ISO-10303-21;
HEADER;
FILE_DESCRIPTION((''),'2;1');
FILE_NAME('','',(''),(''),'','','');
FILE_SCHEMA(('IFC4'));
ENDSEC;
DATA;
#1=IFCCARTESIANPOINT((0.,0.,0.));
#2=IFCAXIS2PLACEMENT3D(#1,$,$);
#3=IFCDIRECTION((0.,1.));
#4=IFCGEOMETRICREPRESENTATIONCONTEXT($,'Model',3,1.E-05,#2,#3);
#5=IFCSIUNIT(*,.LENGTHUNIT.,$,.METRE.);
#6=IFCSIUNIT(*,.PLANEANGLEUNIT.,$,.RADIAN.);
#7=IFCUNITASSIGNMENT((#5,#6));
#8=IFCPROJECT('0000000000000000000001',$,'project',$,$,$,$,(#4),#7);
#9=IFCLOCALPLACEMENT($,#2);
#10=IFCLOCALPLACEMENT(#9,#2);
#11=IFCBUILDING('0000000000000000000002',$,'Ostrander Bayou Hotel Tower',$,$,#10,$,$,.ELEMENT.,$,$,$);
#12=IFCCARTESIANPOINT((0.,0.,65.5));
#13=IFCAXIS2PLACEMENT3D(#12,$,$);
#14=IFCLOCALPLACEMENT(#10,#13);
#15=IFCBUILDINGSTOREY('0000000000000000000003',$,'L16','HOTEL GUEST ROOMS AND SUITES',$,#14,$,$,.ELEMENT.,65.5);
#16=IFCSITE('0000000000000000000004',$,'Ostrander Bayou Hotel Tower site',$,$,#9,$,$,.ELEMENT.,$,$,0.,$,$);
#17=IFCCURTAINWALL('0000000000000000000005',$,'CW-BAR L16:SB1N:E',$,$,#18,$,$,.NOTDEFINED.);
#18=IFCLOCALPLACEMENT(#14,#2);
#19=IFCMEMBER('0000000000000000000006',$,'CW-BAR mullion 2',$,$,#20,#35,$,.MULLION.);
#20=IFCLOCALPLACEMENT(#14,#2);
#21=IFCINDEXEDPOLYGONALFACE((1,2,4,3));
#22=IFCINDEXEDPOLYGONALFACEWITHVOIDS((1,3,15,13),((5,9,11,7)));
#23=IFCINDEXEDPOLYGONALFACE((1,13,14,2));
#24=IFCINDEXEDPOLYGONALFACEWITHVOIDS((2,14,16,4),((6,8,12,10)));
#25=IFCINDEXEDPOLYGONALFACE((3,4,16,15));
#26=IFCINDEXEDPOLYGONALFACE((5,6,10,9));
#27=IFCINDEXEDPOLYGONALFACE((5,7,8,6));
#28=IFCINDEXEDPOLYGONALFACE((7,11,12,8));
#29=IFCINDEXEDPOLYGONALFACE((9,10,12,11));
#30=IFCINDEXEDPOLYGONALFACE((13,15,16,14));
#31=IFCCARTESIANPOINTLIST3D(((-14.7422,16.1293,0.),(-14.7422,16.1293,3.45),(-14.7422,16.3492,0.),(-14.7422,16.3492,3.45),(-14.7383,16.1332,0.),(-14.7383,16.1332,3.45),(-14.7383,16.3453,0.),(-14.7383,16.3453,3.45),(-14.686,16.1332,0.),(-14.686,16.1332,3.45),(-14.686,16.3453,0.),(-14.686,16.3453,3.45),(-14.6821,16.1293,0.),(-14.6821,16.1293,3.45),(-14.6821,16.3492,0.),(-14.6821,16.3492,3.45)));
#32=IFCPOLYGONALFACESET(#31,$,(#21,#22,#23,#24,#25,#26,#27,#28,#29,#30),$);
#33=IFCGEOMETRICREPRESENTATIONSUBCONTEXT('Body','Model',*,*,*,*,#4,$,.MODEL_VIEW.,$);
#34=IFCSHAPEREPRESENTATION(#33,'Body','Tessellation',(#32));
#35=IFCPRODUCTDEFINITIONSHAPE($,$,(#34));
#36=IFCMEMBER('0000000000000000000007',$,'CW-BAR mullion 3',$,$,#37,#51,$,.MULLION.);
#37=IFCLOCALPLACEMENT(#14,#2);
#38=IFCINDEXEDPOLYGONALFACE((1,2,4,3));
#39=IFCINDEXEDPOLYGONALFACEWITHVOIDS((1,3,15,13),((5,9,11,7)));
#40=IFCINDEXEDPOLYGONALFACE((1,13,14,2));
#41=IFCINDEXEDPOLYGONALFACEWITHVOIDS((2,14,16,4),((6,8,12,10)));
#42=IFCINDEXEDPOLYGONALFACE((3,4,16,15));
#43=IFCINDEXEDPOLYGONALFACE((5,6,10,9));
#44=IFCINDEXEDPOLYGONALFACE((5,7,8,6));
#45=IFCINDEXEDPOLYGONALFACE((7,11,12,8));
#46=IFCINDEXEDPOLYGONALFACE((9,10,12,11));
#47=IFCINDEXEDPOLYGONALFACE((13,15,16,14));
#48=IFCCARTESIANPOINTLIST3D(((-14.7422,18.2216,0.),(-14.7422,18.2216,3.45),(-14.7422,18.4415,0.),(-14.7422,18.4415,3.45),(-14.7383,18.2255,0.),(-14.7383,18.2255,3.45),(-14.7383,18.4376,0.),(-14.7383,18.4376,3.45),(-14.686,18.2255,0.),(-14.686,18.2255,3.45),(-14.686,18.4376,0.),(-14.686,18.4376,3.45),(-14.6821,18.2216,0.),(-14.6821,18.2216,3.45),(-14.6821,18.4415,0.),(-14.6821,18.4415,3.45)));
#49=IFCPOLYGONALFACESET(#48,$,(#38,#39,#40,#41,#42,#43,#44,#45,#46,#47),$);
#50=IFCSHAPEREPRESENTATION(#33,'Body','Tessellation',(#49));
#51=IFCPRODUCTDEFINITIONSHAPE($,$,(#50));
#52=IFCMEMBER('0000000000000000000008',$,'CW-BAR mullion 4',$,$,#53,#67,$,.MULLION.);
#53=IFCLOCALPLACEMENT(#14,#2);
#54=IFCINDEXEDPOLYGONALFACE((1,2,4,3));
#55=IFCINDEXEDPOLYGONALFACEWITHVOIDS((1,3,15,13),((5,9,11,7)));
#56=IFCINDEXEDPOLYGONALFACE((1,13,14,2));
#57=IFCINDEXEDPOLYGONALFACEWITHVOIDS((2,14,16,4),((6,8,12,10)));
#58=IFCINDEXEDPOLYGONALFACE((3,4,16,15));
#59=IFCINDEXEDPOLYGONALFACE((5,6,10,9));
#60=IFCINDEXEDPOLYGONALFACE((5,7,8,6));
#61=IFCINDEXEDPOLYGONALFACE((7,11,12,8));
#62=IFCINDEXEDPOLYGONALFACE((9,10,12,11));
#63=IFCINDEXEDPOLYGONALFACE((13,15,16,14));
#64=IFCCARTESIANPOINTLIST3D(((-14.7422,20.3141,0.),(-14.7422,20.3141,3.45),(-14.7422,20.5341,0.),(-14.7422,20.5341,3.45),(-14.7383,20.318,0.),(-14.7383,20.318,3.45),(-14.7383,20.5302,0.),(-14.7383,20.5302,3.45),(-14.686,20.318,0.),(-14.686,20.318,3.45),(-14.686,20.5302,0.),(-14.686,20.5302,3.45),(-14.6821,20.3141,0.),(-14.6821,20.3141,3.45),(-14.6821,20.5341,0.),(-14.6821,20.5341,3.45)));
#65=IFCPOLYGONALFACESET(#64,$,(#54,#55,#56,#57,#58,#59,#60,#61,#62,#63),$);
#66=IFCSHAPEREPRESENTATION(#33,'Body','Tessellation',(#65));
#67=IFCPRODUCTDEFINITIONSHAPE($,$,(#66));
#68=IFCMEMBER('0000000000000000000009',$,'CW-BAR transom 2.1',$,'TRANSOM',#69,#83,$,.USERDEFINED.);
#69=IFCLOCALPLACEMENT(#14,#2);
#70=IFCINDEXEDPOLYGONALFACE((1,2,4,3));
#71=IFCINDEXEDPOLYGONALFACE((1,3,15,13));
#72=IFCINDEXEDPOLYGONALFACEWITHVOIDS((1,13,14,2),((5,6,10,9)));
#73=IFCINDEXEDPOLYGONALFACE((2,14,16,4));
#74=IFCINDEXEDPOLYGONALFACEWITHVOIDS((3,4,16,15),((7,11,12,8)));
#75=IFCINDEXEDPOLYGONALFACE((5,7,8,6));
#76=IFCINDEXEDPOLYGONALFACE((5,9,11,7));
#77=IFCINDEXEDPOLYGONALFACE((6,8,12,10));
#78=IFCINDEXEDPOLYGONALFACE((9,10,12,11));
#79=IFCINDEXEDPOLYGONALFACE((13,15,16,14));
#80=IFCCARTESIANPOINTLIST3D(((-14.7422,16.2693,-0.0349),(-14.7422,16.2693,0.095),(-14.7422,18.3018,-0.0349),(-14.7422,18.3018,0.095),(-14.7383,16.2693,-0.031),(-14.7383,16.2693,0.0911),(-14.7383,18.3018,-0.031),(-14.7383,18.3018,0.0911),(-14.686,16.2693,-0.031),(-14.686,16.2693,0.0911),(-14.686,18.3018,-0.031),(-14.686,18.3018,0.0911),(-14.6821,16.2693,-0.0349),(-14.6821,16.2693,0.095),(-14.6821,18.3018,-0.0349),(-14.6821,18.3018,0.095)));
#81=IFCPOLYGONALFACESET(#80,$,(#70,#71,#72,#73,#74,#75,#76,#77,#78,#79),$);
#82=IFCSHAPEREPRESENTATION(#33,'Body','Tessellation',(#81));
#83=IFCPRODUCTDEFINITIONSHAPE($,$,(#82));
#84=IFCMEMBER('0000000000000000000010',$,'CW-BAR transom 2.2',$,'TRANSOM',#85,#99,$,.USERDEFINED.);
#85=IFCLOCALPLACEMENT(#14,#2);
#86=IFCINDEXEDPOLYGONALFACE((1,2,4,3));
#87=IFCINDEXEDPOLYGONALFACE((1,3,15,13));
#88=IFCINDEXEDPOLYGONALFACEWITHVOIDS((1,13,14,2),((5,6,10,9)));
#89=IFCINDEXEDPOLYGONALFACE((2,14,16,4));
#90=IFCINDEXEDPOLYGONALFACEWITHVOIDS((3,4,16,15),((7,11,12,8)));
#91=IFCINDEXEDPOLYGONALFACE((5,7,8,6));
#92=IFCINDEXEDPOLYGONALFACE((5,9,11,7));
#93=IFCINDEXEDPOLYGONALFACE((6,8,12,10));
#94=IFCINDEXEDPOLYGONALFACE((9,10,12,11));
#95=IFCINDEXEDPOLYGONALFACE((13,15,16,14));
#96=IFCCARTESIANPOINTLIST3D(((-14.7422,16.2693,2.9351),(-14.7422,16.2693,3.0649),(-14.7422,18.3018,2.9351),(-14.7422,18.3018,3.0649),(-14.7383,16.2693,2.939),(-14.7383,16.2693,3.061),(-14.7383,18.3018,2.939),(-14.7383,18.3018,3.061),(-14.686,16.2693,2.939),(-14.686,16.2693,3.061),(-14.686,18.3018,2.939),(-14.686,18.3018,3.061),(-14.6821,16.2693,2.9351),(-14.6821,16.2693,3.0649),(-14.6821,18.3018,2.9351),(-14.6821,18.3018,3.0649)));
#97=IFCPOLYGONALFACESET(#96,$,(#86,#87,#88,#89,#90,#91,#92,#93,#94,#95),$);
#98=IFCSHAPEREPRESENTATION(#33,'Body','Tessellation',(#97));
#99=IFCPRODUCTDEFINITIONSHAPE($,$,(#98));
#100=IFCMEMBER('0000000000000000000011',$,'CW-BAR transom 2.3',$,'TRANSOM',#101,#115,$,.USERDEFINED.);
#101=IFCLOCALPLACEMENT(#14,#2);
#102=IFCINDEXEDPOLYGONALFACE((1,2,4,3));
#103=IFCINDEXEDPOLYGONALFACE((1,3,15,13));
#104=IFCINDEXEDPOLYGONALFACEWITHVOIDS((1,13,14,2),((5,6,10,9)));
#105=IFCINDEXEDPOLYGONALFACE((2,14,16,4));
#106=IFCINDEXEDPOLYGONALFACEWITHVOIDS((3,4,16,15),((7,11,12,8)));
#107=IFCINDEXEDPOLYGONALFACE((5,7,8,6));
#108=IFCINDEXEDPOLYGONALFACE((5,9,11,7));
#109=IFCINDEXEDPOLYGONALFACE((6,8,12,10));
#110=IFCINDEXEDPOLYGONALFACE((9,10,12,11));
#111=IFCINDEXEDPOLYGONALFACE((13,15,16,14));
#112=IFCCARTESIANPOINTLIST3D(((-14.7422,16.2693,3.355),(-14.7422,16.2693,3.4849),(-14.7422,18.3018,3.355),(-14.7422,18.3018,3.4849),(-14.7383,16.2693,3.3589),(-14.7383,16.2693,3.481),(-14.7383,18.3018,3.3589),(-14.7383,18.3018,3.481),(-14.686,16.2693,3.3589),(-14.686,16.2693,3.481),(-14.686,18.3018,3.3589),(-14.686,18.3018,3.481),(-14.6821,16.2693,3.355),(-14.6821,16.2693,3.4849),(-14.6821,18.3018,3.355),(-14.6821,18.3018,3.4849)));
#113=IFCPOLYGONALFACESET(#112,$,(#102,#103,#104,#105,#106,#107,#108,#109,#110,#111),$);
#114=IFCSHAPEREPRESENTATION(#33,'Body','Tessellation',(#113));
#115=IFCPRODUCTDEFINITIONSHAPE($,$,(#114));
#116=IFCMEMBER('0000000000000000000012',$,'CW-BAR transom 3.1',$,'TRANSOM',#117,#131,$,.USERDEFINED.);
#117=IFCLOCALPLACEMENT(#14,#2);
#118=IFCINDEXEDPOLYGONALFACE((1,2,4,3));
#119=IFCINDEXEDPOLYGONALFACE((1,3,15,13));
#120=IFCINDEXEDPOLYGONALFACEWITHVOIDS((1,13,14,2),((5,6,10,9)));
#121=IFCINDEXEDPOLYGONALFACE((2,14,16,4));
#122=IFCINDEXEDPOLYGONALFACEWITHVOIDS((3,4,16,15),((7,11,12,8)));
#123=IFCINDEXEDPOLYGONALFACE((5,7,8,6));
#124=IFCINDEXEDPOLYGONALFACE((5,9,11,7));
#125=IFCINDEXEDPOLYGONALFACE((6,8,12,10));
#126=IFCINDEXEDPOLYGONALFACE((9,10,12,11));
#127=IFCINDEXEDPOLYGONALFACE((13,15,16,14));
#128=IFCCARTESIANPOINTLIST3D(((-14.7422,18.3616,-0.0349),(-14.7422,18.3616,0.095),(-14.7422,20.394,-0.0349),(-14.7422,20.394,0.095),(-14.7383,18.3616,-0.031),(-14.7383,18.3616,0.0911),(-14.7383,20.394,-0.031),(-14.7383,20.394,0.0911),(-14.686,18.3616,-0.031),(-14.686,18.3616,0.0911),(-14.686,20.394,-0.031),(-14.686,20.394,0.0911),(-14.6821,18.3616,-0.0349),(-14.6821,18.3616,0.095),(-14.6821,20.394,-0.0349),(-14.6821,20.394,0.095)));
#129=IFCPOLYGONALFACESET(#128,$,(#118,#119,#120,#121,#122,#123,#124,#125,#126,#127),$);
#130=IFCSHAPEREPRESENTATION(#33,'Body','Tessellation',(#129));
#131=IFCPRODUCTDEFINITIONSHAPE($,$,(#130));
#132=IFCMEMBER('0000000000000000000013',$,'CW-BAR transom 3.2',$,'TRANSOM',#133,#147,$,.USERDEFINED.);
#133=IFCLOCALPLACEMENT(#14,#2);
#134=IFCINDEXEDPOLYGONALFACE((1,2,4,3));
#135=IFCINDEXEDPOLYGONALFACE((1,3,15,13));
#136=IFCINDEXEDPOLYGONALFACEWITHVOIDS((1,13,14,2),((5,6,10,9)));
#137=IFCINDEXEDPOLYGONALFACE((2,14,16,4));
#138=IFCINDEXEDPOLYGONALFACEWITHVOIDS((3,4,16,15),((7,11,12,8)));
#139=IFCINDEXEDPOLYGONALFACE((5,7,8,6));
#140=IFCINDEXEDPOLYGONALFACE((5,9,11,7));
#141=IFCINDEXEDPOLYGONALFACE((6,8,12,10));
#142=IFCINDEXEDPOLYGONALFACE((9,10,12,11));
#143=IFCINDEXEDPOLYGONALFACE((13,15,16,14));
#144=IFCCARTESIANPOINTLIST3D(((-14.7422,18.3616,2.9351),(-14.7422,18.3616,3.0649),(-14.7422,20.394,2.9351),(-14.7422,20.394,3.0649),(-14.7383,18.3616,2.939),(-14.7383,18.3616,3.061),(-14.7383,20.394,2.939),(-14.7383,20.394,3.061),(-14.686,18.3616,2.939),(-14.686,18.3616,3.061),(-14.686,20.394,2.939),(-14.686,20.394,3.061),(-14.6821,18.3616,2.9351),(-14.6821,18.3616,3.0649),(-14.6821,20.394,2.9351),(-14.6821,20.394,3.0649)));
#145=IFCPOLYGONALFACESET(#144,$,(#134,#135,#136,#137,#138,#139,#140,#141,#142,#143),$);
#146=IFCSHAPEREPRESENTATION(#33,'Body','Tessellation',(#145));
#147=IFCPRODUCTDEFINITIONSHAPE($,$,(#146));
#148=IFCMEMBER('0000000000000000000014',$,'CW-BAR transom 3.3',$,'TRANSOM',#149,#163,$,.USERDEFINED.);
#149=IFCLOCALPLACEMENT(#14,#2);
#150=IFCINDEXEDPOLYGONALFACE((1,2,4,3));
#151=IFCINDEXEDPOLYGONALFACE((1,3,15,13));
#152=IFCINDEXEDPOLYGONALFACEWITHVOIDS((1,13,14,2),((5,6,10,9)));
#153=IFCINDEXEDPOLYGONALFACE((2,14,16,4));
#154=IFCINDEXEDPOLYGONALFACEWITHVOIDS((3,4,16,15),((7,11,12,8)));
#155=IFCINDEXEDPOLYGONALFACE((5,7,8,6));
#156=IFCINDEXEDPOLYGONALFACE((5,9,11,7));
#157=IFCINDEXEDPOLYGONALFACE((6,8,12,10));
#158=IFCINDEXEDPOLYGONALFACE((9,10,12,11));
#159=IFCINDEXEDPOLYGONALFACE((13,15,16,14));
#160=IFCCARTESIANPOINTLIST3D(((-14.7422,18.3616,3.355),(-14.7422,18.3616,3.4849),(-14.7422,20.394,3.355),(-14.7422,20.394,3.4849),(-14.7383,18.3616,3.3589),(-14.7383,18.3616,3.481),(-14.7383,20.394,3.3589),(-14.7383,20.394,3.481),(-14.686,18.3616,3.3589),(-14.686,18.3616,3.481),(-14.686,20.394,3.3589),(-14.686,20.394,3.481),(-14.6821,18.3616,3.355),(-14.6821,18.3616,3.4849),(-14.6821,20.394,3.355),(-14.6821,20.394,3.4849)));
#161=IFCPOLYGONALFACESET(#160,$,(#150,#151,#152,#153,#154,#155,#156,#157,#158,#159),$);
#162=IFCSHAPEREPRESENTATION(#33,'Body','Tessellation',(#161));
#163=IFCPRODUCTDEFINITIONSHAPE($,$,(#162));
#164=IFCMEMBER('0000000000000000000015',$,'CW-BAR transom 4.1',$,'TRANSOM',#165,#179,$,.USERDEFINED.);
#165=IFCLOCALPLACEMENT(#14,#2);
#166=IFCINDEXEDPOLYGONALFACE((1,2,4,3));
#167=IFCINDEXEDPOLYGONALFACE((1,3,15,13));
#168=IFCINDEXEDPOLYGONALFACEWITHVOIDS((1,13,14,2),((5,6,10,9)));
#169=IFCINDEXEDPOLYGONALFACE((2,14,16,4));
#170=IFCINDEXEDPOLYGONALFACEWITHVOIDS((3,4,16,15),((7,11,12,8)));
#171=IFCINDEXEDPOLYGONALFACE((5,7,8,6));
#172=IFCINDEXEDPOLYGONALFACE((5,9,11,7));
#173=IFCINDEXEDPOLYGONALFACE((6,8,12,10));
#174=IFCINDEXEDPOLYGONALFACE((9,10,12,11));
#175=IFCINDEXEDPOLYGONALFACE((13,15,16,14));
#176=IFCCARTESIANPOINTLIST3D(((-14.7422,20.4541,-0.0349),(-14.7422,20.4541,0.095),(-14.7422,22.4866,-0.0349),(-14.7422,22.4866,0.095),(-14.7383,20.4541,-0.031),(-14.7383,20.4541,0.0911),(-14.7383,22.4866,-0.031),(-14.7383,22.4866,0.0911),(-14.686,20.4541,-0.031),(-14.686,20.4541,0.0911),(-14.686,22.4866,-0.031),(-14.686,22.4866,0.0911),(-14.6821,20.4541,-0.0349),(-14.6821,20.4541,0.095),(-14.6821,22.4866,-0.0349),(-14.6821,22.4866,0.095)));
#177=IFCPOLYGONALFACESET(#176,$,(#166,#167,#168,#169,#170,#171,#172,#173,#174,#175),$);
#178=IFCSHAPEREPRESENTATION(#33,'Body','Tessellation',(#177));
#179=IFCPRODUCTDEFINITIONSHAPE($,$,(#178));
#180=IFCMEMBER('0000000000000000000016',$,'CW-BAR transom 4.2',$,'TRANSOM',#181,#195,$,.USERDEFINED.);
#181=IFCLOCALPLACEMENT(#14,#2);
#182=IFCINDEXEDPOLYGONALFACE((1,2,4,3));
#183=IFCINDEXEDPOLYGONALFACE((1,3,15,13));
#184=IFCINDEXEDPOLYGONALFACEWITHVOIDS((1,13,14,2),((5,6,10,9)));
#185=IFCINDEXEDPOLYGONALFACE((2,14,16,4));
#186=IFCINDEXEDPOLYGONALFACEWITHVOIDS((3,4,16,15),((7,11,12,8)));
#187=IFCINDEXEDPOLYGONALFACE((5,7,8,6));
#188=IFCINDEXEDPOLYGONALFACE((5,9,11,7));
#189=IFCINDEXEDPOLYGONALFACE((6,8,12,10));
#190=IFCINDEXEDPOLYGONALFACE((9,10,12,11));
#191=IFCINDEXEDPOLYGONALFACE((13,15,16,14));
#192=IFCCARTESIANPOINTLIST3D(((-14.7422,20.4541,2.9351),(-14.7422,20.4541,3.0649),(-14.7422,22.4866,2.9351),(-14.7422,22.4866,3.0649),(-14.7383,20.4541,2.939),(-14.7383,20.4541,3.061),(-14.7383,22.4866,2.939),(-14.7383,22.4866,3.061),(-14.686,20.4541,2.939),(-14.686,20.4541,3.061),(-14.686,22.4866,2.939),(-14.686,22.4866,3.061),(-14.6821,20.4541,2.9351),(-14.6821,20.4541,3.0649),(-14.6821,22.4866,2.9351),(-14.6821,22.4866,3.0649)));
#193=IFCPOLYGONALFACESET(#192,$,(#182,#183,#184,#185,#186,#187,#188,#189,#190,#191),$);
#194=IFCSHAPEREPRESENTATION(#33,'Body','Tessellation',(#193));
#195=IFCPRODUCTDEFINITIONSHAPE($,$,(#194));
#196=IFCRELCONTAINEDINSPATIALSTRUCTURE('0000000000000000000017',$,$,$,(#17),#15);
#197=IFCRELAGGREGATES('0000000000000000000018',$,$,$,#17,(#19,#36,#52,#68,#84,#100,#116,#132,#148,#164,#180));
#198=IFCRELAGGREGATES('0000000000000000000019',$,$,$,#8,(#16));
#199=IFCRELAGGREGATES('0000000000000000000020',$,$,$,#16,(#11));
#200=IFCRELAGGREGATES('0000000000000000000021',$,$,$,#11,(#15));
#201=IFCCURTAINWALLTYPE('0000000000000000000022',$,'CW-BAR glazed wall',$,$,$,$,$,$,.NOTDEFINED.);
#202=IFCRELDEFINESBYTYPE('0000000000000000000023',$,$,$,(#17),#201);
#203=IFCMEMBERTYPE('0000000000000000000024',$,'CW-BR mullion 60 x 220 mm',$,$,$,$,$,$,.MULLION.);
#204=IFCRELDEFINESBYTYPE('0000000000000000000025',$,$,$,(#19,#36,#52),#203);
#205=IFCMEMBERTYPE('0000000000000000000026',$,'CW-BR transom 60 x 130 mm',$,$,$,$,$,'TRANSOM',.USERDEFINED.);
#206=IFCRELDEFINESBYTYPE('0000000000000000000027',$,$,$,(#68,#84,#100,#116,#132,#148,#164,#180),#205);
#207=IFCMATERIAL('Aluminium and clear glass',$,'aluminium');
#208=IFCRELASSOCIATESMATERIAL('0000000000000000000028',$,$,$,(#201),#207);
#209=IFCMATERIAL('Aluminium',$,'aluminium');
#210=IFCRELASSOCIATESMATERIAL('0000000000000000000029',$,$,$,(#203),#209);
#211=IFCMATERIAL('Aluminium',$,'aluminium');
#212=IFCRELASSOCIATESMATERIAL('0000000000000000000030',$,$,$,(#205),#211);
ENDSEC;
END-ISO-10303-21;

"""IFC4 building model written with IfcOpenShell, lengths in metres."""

from ifc_helpers import new_model, si_unit, direction, frame, origin, origin_2d, place, context, subcontext, project, spatial, hollow_rectangle, extrude, material, material_profile, profile_set, type_object, element, aggregate, save


model = new_model("IFC4")

# Units and contexts
model_context = context("Model", 3, precision=1e-05, world=origin(), true_north=direction((0.0, 1.0)))
body_context = subcontext(model_context, "Body", "Model", "MODEL_VIEW")
ifc_project = project(units=[si_unit("LENGTHUNIT", "METRE"), si_unit("PLANEANGLEUNIT", "RADIAN")], contexts=[model_context])

# Site, building, storey
site_placement = place(None, origin())
site = spatial("IfcSite", under=ifc_project, at=site_placement, Name="Ostrander Bayou Hotel Tower site", CompositionType="ELEMENT", RefElevation=0.0)
building_placement = place(site_placement, origin())
building = spatial("IfcBuilding", under=site, at=building_placement, Name="Ostrander Bayou Hotel Tower", CompositionType="ELEMENT")
storey_placement = place(building_placement, frame((0.0, 0.0, 65.5)))
storey = spatial("IfcBuildingStorey", under=building, at=storey_placement, Name="L16", Description="HOTEL GUEST ROOMS AND SUITES", CompositionType="ELEMENT", Elevation=65.5)

# Curtain wall, members
ifc_material_1 = material(Name="Aluminium and clear glass", Category="aluminium")
curtain_wall_type = type_object("IfcCurtainWallType", Name="CW-BAR glazed wall", PredefinedType="NOTDEFINED", material=ifc_material_1)
curtain_wall_placement = place(storey_placement, origin())
curtain_wall = element("IfcCurtainWall", 1, at=curtain_wall_placement, inside=storey, type_object=curtain_wall_type, Name="CW-BAR L16:SB1N:E", PredefinedType="NOTDEFINED")
ifc_material_2 = material(Name="Aluminium", Category="aluminium")
ifc_material_profile_1 = material_profile(ifc_material_2, hollow_rectangle(XDim=0.0601, YDim=0.22, WallThickness=0.0039, at=origin_2d()))
ifc_profile_set_1 = profile_set([ifc_material_profile_1], Name="Aluminium")
member_type_1 = type_object("IfcMemberType", Name="CW-BR mullion 60 x 220 mm", PredefinedType="MULLION", material=ifc_profile_set_1)
member_1_placement = place(storey_placement, frame((-14.7122, 16.2393, 0.0), z_axis=(0.0, 0.0, 1.0), x_axis=(-1.0, 0.0, 0.0)))
member_1 = element("IfcMember", 2, at=member_1_placement, type_object=member_type_1, Name="CW-BAR mullion 2", PredefinedType="MULLION", context=body_context, shape_type="SweptSolid", body=[
    extrude(hollow_rectangle(XDim=0.0601, YDim=0.22, WallThickness=0.0039, at=origin_2d()), origin(), (0.0, 0.0, 1.0), 3.45),
])
member_2_placement = place(storey_placement, frame((-14.7122, 18.3315, 0.0), z_axis=(0.0, 0.0, 1.0), x_axis=(-1.0, 0.0, 0.0)))
member_2 = element("IfcMember", 3, at=member_2_placement, type_object=member_type_1, Name="CW-BAR mullion 3", PredefinedType="MULLION", context=body_context, shape_type="SweptSolid", body=[
    extrude(hollow_rectangle(XDim=0.0601, YDim=0.22, WallThickness=0.0039, at=origin_2d()), origin(), (0.0, 0.0, 1.0), 3.45),
])
member_3_placement = place(storey_placement, frame((-14.7122, 20.4241, 0.0), z_axis=(0.0, 0.0, 1.0), x_axis=(-1.0, 0.0, 0.0)))
member_3 = element("IfcMember", 4, at=member_3_placement, type_object=member_type_1, Name="CW-BAR mullion 4", PredefinedType="MULLION", context=body_context, shape_type="SweptSolid", body=[
    extrude(hollow_rectangle(XDim=0.0601, YDim=0.22, WallThickness=0.0039, at=origin_2d()), origin(), (0.0, 0.0, 1.0), 3.45),
])
ifc_material_3 = material(Name="Aluminium", Category="aluminium")
ifc_material_profile_2 = material_profile(ifc_material_3, hollow_rectangle(XDim=0.0601, YDim=0.1299, WallThickness=0.0039, at=origin_2d()))
ifc_profile_set_2 = profile_set([ifc_material_profile_2], Name="Aluminium")
member_type_2 = type_object("IfcMemberType", Name="CW-BR transom 60 x 130 mm", ElementType="TRANSOM", PredefinedType="USERDEFINED", material=ifc_profile_set_2)
member_4_placement = place(storey_placement, frame((-14.7122, 16.2693, 0.03), z_axis=(0.0, 1.0, 0.0), x_axis=(-1.0, 0.0, 0.0)))
member_4 = element("IfcMember", 5, at=member_4_placement, type_object=member_type_2, Name="CW-BAR transom 2.1", ObjectType="TRANSOM", PredefinedType="USERDEFINED", context=body_context, shape_type="SweptSolid", body=[
    extrude(hollow_rectangle(XDim=0.0601, YDim=0.1299, WallThickness=0.0039, at=origin_2d()), origin(), (0.0, 0.0, 1.0), 2.0325),
])
member_5_placement = place(storey_placement, frame((-14.7122, 16.2693, 3.0), z_axis=(0.0, 1.0, 0.0), x_axis=(-1.0, 0.0, 0.0)))
member_5 = element("IfcMember", 6, at=member_5_placement, type_object=member_type_2, Name="CW-BAR transom 2.2", ObjectType="TRANSOM", PredefinedType="USERDEFINED", context=body_context, shape_type="SweptSolid", body=[
    extrude(hollow_rectangle(XDim=0.0601, YDim=0.1299, WallThickness=0.0039, at=origin_2d()), origin(), (0.0, 0.0, 1.0), 2.0325),
])
member_6_placement = place(storey_placement, frame((-14.7122, 16.2693, 3.4199), z_axis=(0.0, 1.0, 0.0), x_axis=(-1.0, 0.0, 0.0)))
member_6 = element("IfcMember", 7, at=member_6_placement, type_object=member_type_2, Name="CW-BAR transom 2.3", ObjectType="TRANSOM", PredefinedType="USERDEFINED", context=body_context, shape_type="SweptSolid", body=[
    extrude(hollow_rectangle(XDim=0.0601, YDim=0.1299, WallThickness=0.0039, at=origin_2d()), origin(), (0.0, 0.0, 1.0), 2.0325),
])
member_7_placement = place(storey_placement, frame((-14.7122, 18.3616, 0.03), z_axis=(0.0, 1.0, 0.0), x_axis=(-1.0, 0.0, 0.0)))
member_7 = element("IfcMember", 8, at=member_7_placement, type_object=member_type_2, Name="CW-BAR transom 3.1", ObjectType="TRANSOM", PredefinedType="USERDEFINED", context=body_context, shape_type="SweptSolid", body=[
    extrude(hollow_rectangle(XDim=0.0601, YDim=0.1299, WallThickness=0.0039, at=origin_2d()), origin(), (0.0, 0.0, 1.0), 2.0325),
])
member_8_placement = place(storey_placement, frame((-14.7122, 18.3616, 3.0), z_axis=(0.0, 1.0, 0.0), x_axis=(-1.0, 0.0, 0.0)))
member_8 = element("IfcMember", 9, at=member_8_placement, type_object=member_type_2, Name="CW-BAR transom 3.2", ObjectType="TRANSOM", PredefinedType="USERDEFINED", context=body_context, shape_type="SweptSolid", body=[
    extrude(hollow_rectangle(XDim=0.0601, YDim=0.1299, WallThickness=0.0039, at=origin_2d()), origin(), (0.0, 0.0, 1.0), 2.0325),
])
member_9_placement = place(storey_placement, frame((-14.7122, 18.3616, 3.4199), z_axis=(0.0, 1.0, 0.0), x_axis=(-1.0, 0.0, 0.0)))
member_9 = element("IfcMember", 10, at=member_9_placement, type_object=member_type_2, Name="CW-BAR transom 3.3", ObjectType="TRANSOM", PredefinedType="USERDEFINED", context=body_context, shape_type="SweptSolid", body=[
    extrude(hollow_rectangle(XDim=0.0601, YDim=0.1299, WallThickness=0.0039, at=origin_2d()), origin(), (0.0, 0.0, 1.0), 2.0325),
])
member_10_placement = place(storey_placement, frame((-14.7122, 20.4541, 0.03), z_axis=(0.0, 1.0, 0.0), x_axis=(-1.0, 0.0, 0.0)))
member_10 = element("IfcMember", 11, at=member_10_placement, type_object=member_type_2, Name="CW-BAR transom 4.1", ObjectType="TRANSOM", PredefinedType="USERDEFINED", context=body_context, shape_type="SweptSolid", body=[
    extrude(hollow_rectangle(XDim=0.0601, YDim=0.1299, WallThickness=0.0039, at=origin_2d()), origin(), (0.0, 0.0, 1.0), 2.0325),
])
member_11_placement = place(storey_placement, frame((-14.7122, 20.4541, 3.0), z_axis=(0.0, 1.0, 0.0), x_axis=(-1.0, 0.0, 0.0)))
member_11 = element("IfcMember", 12, at=member_11_placement, type_object=member_type_2, Name="CW-BAR transom 4.2", ObjectType="TRANSOM", PredefinedType="USERDEFINED", context=body_context, shape_type="SweptSolid", body=[
    extrude(hollow_rectangle(XDim=0.0601, YDim=0.1299, WallThickness=0.0039, at=origin_2d()), origin(), (0.0, 0.0, 1.0), 2.0325),
])

aggregate(curtain_wall, [member_1, member_2, member_3, member_4, member_5, member_6, member_7, member_8, member_9, member_10, member_11])

save(model, "model.ifc")
